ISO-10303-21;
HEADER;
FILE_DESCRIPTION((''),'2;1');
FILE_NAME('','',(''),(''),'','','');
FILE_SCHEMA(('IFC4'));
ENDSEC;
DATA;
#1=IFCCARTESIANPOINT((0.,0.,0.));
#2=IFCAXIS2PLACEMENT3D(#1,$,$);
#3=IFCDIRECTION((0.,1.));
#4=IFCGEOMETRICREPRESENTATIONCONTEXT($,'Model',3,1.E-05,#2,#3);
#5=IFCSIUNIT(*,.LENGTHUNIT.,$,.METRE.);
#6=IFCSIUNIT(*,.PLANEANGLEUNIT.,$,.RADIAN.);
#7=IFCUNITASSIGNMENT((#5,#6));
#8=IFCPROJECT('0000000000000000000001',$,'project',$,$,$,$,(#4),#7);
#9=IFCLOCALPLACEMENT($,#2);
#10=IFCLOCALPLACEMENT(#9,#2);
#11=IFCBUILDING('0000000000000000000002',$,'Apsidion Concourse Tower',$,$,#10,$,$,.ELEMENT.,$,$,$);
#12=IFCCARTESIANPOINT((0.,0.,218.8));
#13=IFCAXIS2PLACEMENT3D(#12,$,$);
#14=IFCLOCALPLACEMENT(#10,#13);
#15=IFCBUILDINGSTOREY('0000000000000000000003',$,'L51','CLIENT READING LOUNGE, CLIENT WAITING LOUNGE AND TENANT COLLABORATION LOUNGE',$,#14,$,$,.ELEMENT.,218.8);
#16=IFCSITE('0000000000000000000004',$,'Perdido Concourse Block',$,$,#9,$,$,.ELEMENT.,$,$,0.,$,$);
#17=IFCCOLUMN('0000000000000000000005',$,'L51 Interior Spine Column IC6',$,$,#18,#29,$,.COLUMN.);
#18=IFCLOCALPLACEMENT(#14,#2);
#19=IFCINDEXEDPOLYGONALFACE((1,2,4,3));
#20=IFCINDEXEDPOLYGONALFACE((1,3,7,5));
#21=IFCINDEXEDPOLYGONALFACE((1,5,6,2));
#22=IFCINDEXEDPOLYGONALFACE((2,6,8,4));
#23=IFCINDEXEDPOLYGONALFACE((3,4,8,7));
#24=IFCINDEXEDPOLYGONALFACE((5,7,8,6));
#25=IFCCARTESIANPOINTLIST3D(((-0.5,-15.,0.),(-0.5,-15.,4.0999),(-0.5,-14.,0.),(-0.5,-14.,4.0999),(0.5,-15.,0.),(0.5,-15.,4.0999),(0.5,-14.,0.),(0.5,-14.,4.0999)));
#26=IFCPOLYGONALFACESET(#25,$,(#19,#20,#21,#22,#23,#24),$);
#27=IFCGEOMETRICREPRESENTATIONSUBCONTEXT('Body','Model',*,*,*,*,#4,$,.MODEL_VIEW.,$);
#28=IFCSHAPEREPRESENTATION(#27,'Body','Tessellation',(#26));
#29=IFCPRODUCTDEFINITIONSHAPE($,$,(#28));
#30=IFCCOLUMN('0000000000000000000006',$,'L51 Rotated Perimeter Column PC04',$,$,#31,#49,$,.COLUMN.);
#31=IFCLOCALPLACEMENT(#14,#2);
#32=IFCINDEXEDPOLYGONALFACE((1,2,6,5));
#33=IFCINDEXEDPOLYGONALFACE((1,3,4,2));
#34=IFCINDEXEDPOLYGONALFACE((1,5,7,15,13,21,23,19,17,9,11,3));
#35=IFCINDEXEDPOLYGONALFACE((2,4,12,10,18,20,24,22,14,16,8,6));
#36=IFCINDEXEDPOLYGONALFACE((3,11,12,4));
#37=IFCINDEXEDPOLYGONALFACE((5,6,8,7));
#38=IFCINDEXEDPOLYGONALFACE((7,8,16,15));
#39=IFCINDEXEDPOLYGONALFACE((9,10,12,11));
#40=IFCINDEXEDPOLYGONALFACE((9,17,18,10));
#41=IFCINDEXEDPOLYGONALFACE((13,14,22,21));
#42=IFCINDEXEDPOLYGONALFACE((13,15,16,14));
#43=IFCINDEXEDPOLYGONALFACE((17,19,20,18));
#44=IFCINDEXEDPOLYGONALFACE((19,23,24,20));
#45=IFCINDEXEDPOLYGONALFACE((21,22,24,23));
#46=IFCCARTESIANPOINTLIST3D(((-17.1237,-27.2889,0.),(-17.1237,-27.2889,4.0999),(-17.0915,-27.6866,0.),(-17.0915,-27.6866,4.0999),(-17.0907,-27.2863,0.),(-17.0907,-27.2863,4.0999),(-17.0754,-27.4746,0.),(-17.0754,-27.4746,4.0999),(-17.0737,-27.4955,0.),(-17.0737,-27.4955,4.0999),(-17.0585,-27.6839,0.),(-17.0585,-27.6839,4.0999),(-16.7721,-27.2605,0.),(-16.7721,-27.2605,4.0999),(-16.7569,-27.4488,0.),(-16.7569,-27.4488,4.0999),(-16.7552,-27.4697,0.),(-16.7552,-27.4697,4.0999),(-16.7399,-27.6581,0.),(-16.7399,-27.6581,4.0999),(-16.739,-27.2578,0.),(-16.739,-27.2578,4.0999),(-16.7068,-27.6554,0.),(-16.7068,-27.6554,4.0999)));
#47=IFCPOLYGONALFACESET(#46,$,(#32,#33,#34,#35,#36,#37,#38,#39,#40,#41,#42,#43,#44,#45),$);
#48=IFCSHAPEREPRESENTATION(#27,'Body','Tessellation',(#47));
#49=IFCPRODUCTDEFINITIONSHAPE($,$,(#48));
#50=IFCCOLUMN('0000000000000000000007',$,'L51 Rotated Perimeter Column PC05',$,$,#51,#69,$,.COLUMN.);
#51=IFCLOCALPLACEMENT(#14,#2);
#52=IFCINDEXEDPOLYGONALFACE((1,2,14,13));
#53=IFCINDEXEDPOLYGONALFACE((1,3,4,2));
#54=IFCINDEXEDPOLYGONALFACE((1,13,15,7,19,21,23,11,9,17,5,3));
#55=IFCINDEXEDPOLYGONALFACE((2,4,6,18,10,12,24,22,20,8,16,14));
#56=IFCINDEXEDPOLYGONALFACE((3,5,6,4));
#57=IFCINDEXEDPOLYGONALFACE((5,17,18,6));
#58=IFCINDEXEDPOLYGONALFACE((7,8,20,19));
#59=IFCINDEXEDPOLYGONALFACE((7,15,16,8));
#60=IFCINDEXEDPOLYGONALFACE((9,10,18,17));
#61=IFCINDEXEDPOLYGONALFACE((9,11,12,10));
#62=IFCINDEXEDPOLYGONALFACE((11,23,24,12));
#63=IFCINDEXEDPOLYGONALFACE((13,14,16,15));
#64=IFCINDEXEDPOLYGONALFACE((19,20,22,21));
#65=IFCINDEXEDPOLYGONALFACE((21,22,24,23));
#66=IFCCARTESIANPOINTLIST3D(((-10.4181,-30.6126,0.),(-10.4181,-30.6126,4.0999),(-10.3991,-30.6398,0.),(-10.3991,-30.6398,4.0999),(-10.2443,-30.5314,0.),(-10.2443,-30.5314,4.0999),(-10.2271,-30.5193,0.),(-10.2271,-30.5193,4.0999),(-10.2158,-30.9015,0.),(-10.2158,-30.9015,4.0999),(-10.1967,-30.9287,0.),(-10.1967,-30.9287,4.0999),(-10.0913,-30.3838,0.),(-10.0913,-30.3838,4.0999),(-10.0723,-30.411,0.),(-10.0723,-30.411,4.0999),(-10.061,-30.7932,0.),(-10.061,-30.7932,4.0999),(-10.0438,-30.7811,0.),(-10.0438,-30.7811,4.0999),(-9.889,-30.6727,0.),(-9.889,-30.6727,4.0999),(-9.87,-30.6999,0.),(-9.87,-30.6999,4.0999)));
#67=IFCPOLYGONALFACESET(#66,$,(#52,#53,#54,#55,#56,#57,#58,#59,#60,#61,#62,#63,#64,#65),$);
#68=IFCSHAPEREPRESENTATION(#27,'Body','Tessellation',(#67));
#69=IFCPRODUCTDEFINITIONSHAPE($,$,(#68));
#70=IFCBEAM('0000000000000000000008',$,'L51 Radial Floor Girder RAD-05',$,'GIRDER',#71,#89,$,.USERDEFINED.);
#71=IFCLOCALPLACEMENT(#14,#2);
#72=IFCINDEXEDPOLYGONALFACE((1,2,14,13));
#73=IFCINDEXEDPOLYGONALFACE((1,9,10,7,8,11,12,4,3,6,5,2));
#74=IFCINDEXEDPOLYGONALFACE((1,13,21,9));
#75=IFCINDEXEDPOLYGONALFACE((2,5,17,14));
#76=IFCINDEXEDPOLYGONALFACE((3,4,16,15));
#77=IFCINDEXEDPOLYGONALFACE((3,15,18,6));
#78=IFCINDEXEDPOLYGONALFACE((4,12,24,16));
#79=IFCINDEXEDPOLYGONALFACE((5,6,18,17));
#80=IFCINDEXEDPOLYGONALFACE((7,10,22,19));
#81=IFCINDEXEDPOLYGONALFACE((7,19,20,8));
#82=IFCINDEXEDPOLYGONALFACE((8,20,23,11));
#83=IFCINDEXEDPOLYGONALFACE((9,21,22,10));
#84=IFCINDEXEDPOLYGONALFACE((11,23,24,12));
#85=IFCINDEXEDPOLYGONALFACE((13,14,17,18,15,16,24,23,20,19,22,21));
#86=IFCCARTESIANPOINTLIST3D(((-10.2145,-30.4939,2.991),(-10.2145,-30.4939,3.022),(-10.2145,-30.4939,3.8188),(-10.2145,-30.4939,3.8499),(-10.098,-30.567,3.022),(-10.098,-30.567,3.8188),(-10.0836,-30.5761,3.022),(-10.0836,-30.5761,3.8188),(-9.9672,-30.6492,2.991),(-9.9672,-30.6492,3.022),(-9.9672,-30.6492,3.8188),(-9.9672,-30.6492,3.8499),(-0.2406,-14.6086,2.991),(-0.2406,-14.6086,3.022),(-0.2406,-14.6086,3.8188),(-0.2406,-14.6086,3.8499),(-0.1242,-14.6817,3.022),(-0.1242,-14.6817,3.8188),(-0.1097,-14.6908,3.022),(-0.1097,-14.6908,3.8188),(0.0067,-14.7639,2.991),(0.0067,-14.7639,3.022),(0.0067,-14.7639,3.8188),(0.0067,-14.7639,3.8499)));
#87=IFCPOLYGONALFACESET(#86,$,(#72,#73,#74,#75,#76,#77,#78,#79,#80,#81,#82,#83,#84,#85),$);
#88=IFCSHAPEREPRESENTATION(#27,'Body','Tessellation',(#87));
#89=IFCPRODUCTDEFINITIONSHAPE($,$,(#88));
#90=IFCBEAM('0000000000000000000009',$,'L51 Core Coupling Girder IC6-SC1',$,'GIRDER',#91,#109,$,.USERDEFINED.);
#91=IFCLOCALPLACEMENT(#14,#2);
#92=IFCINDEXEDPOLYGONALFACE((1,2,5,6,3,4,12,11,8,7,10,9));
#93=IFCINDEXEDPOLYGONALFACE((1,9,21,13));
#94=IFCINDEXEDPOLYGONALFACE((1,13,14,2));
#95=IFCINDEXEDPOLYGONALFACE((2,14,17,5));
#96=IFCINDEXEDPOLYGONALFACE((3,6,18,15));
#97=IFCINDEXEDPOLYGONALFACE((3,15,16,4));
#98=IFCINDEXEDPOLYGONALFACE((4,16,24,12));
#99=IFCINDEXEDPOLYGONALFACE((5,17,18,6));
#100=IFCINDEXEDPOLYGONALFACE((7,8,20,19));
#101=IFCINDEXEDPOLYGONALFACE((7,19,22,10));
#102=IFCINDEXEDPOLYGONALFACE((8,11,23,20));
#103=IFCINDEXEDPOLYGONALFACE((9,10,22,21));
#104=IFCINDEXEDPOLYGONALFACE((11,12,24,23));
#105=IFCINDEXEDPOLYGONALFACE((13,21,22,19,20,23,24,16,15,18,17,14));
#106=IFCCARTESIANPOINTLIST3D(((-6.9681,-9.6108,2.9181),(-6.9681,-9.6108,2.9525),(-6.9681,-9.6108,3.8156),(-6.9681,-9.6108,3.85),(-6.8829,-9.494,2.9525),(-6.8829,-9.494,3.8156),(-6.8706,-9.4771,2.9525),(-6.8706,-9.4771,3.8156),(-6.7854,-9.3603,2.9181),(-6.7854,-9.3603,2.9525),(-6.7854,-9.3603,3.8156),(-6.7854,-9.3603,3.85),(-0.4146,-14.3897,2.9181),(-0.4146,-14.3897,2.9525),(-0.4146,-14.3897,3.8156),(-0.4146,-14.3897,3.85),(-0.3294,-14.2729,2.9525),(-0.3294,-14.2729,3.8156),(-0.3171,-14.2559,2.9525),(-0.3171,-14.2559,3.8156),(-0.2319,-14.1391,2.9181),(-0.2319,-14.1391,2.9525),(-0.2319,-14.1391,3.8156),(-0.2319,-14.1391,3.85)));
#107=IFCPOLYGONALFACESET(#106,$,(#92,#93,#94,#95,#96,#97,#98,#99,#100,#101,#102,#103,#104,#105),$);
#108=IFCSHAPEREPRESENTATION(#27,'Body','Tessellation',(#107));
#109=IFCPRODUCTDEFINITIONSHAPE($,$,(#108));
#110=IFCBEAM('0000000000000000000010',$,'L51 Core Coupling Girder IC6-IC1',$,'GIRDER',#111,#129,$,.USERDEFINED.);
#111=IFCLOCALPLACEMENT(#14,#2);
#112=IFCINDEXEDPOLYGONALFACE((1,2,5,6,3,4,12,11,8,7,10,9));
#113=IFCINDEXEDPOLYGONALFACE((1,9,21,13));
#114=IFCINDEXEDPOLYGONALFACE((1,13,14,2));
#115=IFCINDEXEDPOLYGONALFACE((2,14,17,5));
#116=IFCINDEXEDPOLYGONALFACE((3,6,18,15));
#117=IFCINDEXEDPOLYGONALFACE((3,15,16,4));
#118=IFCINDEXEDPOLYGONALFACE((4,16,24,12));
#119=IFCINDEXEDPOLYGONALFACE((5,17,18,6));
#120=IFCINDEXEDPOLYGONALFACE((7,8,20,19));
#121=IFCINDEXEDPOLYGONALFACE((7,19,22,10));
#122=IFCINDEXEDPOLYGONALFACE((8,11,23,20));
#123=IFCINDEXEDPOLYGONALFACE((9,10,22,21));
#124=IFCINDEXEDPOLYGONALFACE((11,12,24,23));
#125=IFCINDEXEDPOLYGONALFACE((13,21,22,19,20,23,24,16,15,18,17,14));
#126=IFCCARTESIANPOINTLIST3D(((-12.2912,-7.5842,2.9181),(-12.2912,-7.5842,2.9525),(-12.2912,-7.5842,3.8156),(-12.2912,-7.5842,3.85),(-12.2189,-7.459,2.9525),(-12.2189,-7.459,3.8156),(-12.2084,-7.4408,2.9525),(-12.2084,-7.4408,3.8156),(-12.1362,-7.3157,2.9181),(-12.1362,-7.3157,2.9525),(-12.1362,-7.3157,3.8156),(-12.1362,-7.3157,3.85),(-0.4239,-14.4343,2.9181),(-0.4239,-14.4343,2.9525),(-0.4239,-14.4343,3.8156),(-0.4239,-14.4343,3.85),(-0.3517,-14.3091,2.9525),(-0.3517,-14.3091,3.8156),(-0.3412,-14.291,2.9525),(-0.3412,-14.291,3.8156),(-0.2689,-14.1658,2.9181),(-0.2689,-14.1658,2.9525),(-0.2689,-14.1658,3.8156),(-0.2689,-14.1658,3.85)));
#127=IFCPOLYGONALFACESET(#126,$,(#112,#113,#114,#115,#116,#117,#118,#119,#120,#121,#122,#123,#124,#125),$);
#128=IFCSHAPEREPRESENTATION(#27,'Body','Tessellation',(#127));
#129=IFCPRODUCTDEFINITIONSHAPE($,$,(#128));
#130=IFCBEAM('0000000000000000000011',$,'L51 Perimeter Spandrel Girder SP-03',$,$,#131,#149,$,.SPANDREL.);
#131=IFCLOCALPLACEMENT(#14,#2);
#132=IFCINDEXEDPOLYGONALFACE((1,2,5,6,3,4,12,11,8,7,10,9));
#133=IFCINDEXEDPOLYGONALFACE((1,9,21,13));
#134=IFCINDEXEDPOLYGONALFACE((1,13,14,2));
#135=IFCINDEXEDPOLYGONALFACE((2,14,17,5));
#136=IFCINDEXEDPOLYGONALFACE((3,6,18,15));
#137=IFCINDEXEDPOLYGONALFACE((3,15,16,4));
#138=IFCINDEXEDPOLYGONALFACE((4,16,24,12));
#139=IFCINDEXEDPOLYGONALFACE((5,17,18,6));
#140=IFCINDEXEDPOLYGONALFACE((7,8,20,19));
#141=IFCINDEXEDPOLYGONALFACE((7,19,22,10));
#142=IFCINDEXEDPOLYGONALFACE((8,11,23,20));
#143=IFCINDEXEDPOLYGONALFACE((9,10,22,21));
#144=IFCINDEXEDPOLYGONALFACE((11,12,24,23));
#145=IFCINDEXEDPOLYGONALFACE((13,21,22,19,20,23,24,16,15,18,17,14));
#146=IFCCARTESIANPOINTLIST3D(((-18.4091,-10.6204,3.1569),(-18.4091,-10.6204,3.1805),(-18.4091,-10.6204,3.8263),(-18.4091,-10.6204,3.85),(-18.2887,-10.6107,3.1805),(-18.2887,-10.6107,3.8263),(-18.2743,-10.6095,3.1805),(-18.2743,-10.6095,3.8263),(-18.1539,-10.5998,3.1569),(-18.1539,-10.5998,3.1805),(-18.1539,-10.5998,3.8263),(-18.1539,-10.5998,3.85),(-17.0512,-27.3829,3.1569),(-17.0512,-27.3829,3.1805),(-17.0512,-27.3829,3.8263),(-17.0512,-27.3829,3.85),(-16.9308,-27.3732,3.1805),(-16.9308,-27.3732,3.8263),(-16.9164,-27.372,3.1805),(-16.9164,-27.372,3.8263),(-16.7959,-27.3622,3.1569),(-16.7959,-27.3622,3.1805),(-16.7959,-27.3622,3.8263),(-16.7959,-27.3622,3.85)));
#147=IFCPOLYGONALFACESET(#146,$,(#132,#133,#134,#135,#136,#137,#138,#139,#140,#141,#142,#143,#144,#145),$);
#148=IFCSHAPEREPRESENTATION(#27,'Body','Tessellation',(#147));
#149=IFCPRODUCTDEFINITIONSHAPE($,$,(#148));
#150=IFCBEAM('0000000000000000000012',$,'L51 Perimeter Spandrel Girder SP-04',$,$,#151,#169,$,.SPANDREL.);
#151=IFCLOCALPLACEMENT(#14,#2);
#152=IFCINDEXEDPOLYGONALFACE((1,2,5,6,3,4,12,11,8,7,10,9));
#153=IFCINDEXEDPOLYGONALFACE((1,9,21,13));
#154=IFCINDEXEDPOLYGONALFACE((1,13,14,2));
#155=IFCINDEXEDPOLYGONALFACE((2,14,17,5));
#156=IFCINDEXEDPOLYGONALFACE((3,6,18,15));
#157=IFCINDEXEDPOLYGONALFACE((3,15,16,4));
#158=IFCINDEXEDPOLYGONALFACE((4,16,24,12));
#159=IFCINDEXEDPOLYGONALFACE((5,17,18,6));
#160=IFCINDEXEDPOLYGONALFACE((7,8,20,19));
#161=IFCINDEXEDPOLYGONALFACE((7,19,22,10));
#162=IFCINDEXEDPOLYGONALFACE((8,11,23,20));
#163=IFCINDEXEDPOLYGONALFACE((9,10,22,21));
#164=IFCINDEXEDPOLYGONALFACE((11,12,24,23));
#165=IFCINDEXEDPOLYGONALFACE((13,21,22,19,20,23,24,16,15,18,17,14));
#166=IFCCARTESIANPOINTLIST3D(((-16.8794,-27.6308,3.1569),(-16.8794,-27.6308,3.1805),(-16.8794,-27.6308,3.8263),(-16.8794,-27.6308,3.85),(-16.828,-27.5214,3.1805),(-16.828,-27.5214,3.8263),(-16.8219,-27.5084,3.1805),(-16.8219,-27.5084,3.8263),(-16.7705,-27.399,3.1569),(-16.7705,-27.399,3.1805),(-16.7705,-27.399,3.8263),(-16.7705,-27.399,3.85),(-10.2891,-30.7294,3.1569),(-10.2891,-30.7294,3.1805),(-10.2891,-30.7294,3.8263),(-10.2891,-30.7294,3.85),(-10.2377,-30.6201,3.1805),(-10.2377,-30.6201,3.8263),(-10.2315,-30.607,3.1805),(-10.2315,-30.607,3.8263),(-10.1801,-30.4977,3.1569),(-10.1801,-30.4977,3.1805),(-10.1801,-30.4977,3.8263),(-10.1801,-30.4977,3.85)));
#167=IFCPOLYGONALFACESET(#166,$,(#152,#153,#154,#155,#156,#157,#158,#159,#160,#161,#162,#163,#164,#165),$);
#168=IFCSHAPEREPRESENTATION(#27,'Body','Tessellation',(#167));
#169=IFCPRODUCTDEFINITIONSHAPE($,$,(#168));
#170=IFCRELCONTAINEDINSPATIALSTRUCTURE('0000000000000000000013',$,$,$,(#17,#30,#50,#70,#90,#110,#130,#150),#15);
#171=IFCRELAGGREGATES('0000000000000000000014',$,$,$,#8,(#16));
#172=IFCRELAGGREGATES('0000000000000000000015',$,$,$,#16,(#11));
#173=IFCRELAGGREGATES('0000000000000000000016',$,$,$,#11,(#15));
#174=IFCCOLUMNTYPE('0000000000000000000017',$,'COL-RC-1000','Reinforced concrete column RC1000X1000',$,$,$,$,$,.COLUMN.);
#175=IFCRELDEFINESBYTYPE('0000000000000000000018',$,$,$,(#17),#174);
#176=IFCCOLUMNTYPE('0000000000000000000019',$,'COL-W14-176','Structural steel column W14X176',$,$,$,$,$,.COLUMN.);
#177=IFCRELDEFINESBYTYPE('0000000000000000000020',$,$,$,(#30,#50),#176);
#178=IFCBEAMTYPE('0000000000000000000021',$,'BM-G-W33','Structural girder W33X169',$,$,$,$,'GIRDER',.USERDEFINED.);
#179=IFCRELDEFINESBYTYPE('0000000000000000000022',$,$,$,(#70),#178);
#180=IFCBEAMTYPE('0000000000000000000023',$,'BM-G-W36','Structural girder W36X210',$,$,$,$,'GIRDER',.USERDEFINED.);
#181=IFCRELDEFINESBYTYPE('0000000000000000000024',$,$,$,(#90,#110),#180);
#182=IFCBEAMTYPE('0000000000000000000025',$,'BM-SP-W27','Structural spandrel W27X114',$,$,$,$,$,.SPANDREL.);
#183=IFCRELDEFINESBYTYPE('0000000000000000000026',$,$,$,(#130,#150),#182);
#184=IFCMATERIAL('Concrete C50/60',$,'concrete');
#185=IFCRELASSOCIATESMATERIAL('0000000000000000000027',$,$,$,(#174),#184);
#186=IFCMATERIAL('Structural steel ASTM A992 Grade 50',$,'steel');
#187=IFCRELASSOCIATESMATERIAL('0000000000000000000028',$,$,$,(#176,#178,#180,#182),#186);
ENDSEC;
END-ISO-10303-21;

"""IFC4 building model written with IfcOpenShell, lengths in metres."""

from ifc_helpers import new_model, si_unit, direction, frame, origin, origin_2d, place, context, subcontext, project, spatial, rectangle, i_section, extrude, material, material_profile, profile_set, type_object, element, save


model = new_model("IFC4")

# Units and contexts
model_context = context("Model", 3, precision=1e-05, world=origin(), true_north=direction((0.0, 1.0)))
body_context = subcontext(model_context, "Body", "Model", "MODEL_VIEW")
ifc_project = project(units=[si_unit("LENGTHUNIT", "METRE"), si_unit("PLANEANGLEUNIT", "RADIAN")], contexts=[model_context])

# Site, building, storey
site_placement = place(None, origin())
site = spatial("IfcSite", under=ifc_project, at=site_placement, Name="Perdido Concourse Block", CompositionType="ELEMENT", RefElevation=0.0)
building_placement = place(site_placement, origin())
building = spatial("IfcBuilding", under=site, at=building_placement, Name="Apsidion Concourse Tower", CompositionType="ELEMENT")
storey_placement = place(building_placement, frame((0.0, 0.0, 218.8)))
storey = spatial("IfcBuildingStorey", under=building, at=storey_placement, Name="L51", Description="CLIENT READING LOUNGE, CLIENT WAITING LOUNGE AND TENANT COLLABORATION LOUNGE", CompositionType="ELEMENT", Elevation=218.8)

# Columns
ifc_material_1 = material(Name="Concrete C50/60", Category="concrete")
ifc_material_profile_1 = material_profile(ifc_material_1, rectangle(XDim=1.0, YDim=1.0, at=origin_2d()), Name="RC 1000x1000")
ifc_profile_set_1 = profile_set([ifc_material_profile_1], Name="Concrete C50/60")
column_type_1 = type_object("IfcColumnType", Name="COL-RC-1000", Description="Reinforced concrete column RC1000X1000", PredefinedType="COLUMN", material=ifc_profile_set_1)
column_placement = place(storey_placement, frame((0.0, -14.5, 0.0), z_axis=(0.0, 0.0, 1.0), x_axis=(1.0, 0.0, 0.0)))
element("IfcColumn", 1, at=column_placement, inside=storey, type_object=column_type_1, Name="L51 Interior Spine Column IC6", PredefinedType="COLUMN", context=body_context, shape_type="SweptSolid", body=[
    extrude(rectangle(XDim=1.0, YDim=1.0, at=origin_2d()), origin(), (0.0, 0.0, 1.0), 4.0999),
])
ifc_material_2 = material(Name="Structural steel ASTM A992 Grade 50", Category="steel")
ifc_material_profile_2 = material_profile(ifc_material_2, i_section(OverallWidth=0.3989, OverallDepth=0.386, WebThickness=0.021, FlangeThickness=0.0332, at=origin_2d()), Name="W14X176")
ifc_profile_set_2 = profile_set([ifc_material_profile_2], Name="Structural steel ASTM A992 Grade 50")
column_type_2 = type_object("IfcColumnType", Name="COL-W14-176", Description="Structural steel column W14X176", PredefinedType="COLUMN", material=ifc_profile_set_2)
for number, where, z_axis, x_axis, name in (
    (2, (-16.9153, -27.4722, 0.0), (0.0, 0.0, 1.0), (-0.080721, 0.996737, 0.0), "L51 Rotated Perimeter Column PC04"),
    (3, (-10.144, -30.6562, 0.0), (0.0, 0.0, 1.0), (0.819152, 0.573576, 0.0), "L51 Rotated Perimeter Column PC05"),
):
    element("IfcColumn", number, at=place(storey_placement, frame(where, z_axis=z_axis, x_axis=x_axis)), inside=storey, type_object=column_type_2, Name=name, PredefinedType="COLUMN", context=body_context, shape_type="SweptSolid", body=[
        extrude(i_section(OverallWidth=0.3989, OverallDepth=0.386, WebThickness=0.021, FlangeThickness=0.0332, at=origin_2d()), origin(), (0.0, 0.0, 1.0), 4.0999),
    ])

# Beams
ifc_material_profile_3 = material_profile(ifc_material_2, i_section(OverallWidth=0.292, OverallDepth=0.8589, WebThickness=0.0171, FlangeThickness=0.031, at=origin_2d()), Name="W33X169")
ifc_profile_set_3 = profile_set([ifc_material_profile_3], Name="Structural steel ASTM A992 Grade 50")
beam_type_1 = type_object("IfcBeamType", Name="BM-G-W33", Description="Structural girder W33X169", ElementType="GIRDER", PredefinedType="USERDEFINED", material=ifc_profile_set_3)
beam_1_placement = place(storey_placement, frame((-0.1169, -14.6863, 3.4204), z_axis=(-0.531746, -0.846904, 0.0), x_axis=(0.846904, -0.531746, 0.0)))
element("IfcBeam", 4, at=beam_1_placement, inside=storey, type_object=beam_type_1, Name="L51 Radial Floor Girder RAD-05", ObjectType="GIRDER", PredefinedType="USERDEFINED", context=body_context, shape_type="SweptSolid", body=[
    extrude(i_section(OverallWidth=0.292, OverallDepth=0.8589, WebThickness=0.0171, FlangeThickness=0.031, at=origin_2d()), origin(), (0.0, 0.0, 1.0), 18.7568),
])
ifc_material_profile_4 = material_profile(ifc_material_2, i_section(OverallWidth=0.3101, OverallDepth=0.9319, WebThickness=0.021, FlangeThickness=0.0344, at=origin_2d()), Name="W36X210")
ifc_profile_set_4 = profile_set([ifc_material_profile_4], Name="Structural steel ASTM A992 Grade 50")
beam_type_2 = type_object("IfcBeamType", Name="BM-G-W36", Description="Structural girder W36X210", ElementType="GIRDER", PredefinedType="USERDEFINED", material=ifc_profile_set_4)
beam_2_placement = place(storey_placement, frame((-0.3232, -14.2644, 3.384), z_axis=(-0.807993, 0.589191, 0.0), x_axis=(-0.589191, -0.807993, 0.0)))
element("IfcBeam", 5, at=beam_2_placement, inside=storey, type_object=beam_type_2, Name="L51 Core Coupling Girder IC6-SC1", ObjectType="GIRDER", PredefinedType="USERDEFINED", context=body_context, shape_type="SweptSolid", body=[
    extrude(i_section(OverallWidth=0.3101, OverallDepth=0.9319, WebThickness=0.021, FlangeThickness=0.0344, at=origin_2d()), origin(), (0.0, 0.0, 1.0), 8.1108),
])
beam_3_placement = place(storey_placement, frame((-0.3464, -14.3, 3.384), z_axis=(-0.86607, 0.499922, 0.0), x_axis=(-0.499922, -0.86607, 0.0)))
element("IfcBeam", 6, at=beam_3_placement, inside=storey, type_object=beam_type_2, Name="L51 Core Coupling Girder IC6-IC1", ObjectType="GIRDER", PredefinedType="USERDEFINED", context=body_context, shape_type="SweptSolid", body=[
    extrude(i_section(OverallWidth=0.3101, OverallDepth=0.9319, WebThickness=0.021, FlangeThickness=0.0344, at=origin_2d()), origin(), (0.0, 0.0, 1.0), 13.7024),
])
ifc_material_profile_5 = material_profile(ifc_material_2, i_section(OverallWidth=0.2561, OverallDepth=0.6931, WebThickness=0.0144, FlangeThickness=0.0237, at=origin_2d()), Name="W27X114")
ifc_profile_set_5 = profile_set([ifc_material_profile_5], Name="Structural steel ASTM A992 Grade 50")
beam_type_3 = type_object("IfcBeamType", Name="BM-SP-W27", Description="Structural spandrel W27X114", PredefinedType="SPANDREL", material=ifc_profile_set_5)
beam_4_placement = place(storey_placement, frame((-18.2815, -10.6101, 3.5034), z_axis=(0.080745, -0.996735, 0.0), x_axis=(0.996735, 0.080745, 0.0)))
element("IfcBeam", 7, at=beam_4_placement, inside=storey, type_object=beam_type_3, Name="L51 Perimeter Spandrel Girder SP-03", PredefinedType="SPANDREL", context=body_context, shape_type="SweptSolid", body=[
    extrude(i_section(OverallWidth=0.2561, OverallDepth=0.6931, WebThickness=0.0144, FlangeThickness=0.0237, at=origin_2d()), origin(), (0.0, 0.0, 1.0), 16.8174),
])
beam_5_placement = place(storey_placement, frame((-16.825, -27.5149, 3.5034), z_axis=(0.904961, -0.425493, 0.0), x_axis=(0.425493, 0.904961, 0.0)))
element("IfcBeam", 8, at=beam_5_placement, inside=storey, type_object=beam_type_3, Name="L51 Perimeter Spandrel Girder SP-04", PredefinedType="SPANDREL", context=body_context, shape_type="SweptSolid", body=[
    extrude(i_section(OverallWidth=0.2561, OverallDepth=0.6931, WebThickness=0.0144, FlangeThickness=0.0237, at=origin_2d()), origin(), (0.0, 0.0, 1.0), 7.2825),
])

save(model, "model.ifc")
